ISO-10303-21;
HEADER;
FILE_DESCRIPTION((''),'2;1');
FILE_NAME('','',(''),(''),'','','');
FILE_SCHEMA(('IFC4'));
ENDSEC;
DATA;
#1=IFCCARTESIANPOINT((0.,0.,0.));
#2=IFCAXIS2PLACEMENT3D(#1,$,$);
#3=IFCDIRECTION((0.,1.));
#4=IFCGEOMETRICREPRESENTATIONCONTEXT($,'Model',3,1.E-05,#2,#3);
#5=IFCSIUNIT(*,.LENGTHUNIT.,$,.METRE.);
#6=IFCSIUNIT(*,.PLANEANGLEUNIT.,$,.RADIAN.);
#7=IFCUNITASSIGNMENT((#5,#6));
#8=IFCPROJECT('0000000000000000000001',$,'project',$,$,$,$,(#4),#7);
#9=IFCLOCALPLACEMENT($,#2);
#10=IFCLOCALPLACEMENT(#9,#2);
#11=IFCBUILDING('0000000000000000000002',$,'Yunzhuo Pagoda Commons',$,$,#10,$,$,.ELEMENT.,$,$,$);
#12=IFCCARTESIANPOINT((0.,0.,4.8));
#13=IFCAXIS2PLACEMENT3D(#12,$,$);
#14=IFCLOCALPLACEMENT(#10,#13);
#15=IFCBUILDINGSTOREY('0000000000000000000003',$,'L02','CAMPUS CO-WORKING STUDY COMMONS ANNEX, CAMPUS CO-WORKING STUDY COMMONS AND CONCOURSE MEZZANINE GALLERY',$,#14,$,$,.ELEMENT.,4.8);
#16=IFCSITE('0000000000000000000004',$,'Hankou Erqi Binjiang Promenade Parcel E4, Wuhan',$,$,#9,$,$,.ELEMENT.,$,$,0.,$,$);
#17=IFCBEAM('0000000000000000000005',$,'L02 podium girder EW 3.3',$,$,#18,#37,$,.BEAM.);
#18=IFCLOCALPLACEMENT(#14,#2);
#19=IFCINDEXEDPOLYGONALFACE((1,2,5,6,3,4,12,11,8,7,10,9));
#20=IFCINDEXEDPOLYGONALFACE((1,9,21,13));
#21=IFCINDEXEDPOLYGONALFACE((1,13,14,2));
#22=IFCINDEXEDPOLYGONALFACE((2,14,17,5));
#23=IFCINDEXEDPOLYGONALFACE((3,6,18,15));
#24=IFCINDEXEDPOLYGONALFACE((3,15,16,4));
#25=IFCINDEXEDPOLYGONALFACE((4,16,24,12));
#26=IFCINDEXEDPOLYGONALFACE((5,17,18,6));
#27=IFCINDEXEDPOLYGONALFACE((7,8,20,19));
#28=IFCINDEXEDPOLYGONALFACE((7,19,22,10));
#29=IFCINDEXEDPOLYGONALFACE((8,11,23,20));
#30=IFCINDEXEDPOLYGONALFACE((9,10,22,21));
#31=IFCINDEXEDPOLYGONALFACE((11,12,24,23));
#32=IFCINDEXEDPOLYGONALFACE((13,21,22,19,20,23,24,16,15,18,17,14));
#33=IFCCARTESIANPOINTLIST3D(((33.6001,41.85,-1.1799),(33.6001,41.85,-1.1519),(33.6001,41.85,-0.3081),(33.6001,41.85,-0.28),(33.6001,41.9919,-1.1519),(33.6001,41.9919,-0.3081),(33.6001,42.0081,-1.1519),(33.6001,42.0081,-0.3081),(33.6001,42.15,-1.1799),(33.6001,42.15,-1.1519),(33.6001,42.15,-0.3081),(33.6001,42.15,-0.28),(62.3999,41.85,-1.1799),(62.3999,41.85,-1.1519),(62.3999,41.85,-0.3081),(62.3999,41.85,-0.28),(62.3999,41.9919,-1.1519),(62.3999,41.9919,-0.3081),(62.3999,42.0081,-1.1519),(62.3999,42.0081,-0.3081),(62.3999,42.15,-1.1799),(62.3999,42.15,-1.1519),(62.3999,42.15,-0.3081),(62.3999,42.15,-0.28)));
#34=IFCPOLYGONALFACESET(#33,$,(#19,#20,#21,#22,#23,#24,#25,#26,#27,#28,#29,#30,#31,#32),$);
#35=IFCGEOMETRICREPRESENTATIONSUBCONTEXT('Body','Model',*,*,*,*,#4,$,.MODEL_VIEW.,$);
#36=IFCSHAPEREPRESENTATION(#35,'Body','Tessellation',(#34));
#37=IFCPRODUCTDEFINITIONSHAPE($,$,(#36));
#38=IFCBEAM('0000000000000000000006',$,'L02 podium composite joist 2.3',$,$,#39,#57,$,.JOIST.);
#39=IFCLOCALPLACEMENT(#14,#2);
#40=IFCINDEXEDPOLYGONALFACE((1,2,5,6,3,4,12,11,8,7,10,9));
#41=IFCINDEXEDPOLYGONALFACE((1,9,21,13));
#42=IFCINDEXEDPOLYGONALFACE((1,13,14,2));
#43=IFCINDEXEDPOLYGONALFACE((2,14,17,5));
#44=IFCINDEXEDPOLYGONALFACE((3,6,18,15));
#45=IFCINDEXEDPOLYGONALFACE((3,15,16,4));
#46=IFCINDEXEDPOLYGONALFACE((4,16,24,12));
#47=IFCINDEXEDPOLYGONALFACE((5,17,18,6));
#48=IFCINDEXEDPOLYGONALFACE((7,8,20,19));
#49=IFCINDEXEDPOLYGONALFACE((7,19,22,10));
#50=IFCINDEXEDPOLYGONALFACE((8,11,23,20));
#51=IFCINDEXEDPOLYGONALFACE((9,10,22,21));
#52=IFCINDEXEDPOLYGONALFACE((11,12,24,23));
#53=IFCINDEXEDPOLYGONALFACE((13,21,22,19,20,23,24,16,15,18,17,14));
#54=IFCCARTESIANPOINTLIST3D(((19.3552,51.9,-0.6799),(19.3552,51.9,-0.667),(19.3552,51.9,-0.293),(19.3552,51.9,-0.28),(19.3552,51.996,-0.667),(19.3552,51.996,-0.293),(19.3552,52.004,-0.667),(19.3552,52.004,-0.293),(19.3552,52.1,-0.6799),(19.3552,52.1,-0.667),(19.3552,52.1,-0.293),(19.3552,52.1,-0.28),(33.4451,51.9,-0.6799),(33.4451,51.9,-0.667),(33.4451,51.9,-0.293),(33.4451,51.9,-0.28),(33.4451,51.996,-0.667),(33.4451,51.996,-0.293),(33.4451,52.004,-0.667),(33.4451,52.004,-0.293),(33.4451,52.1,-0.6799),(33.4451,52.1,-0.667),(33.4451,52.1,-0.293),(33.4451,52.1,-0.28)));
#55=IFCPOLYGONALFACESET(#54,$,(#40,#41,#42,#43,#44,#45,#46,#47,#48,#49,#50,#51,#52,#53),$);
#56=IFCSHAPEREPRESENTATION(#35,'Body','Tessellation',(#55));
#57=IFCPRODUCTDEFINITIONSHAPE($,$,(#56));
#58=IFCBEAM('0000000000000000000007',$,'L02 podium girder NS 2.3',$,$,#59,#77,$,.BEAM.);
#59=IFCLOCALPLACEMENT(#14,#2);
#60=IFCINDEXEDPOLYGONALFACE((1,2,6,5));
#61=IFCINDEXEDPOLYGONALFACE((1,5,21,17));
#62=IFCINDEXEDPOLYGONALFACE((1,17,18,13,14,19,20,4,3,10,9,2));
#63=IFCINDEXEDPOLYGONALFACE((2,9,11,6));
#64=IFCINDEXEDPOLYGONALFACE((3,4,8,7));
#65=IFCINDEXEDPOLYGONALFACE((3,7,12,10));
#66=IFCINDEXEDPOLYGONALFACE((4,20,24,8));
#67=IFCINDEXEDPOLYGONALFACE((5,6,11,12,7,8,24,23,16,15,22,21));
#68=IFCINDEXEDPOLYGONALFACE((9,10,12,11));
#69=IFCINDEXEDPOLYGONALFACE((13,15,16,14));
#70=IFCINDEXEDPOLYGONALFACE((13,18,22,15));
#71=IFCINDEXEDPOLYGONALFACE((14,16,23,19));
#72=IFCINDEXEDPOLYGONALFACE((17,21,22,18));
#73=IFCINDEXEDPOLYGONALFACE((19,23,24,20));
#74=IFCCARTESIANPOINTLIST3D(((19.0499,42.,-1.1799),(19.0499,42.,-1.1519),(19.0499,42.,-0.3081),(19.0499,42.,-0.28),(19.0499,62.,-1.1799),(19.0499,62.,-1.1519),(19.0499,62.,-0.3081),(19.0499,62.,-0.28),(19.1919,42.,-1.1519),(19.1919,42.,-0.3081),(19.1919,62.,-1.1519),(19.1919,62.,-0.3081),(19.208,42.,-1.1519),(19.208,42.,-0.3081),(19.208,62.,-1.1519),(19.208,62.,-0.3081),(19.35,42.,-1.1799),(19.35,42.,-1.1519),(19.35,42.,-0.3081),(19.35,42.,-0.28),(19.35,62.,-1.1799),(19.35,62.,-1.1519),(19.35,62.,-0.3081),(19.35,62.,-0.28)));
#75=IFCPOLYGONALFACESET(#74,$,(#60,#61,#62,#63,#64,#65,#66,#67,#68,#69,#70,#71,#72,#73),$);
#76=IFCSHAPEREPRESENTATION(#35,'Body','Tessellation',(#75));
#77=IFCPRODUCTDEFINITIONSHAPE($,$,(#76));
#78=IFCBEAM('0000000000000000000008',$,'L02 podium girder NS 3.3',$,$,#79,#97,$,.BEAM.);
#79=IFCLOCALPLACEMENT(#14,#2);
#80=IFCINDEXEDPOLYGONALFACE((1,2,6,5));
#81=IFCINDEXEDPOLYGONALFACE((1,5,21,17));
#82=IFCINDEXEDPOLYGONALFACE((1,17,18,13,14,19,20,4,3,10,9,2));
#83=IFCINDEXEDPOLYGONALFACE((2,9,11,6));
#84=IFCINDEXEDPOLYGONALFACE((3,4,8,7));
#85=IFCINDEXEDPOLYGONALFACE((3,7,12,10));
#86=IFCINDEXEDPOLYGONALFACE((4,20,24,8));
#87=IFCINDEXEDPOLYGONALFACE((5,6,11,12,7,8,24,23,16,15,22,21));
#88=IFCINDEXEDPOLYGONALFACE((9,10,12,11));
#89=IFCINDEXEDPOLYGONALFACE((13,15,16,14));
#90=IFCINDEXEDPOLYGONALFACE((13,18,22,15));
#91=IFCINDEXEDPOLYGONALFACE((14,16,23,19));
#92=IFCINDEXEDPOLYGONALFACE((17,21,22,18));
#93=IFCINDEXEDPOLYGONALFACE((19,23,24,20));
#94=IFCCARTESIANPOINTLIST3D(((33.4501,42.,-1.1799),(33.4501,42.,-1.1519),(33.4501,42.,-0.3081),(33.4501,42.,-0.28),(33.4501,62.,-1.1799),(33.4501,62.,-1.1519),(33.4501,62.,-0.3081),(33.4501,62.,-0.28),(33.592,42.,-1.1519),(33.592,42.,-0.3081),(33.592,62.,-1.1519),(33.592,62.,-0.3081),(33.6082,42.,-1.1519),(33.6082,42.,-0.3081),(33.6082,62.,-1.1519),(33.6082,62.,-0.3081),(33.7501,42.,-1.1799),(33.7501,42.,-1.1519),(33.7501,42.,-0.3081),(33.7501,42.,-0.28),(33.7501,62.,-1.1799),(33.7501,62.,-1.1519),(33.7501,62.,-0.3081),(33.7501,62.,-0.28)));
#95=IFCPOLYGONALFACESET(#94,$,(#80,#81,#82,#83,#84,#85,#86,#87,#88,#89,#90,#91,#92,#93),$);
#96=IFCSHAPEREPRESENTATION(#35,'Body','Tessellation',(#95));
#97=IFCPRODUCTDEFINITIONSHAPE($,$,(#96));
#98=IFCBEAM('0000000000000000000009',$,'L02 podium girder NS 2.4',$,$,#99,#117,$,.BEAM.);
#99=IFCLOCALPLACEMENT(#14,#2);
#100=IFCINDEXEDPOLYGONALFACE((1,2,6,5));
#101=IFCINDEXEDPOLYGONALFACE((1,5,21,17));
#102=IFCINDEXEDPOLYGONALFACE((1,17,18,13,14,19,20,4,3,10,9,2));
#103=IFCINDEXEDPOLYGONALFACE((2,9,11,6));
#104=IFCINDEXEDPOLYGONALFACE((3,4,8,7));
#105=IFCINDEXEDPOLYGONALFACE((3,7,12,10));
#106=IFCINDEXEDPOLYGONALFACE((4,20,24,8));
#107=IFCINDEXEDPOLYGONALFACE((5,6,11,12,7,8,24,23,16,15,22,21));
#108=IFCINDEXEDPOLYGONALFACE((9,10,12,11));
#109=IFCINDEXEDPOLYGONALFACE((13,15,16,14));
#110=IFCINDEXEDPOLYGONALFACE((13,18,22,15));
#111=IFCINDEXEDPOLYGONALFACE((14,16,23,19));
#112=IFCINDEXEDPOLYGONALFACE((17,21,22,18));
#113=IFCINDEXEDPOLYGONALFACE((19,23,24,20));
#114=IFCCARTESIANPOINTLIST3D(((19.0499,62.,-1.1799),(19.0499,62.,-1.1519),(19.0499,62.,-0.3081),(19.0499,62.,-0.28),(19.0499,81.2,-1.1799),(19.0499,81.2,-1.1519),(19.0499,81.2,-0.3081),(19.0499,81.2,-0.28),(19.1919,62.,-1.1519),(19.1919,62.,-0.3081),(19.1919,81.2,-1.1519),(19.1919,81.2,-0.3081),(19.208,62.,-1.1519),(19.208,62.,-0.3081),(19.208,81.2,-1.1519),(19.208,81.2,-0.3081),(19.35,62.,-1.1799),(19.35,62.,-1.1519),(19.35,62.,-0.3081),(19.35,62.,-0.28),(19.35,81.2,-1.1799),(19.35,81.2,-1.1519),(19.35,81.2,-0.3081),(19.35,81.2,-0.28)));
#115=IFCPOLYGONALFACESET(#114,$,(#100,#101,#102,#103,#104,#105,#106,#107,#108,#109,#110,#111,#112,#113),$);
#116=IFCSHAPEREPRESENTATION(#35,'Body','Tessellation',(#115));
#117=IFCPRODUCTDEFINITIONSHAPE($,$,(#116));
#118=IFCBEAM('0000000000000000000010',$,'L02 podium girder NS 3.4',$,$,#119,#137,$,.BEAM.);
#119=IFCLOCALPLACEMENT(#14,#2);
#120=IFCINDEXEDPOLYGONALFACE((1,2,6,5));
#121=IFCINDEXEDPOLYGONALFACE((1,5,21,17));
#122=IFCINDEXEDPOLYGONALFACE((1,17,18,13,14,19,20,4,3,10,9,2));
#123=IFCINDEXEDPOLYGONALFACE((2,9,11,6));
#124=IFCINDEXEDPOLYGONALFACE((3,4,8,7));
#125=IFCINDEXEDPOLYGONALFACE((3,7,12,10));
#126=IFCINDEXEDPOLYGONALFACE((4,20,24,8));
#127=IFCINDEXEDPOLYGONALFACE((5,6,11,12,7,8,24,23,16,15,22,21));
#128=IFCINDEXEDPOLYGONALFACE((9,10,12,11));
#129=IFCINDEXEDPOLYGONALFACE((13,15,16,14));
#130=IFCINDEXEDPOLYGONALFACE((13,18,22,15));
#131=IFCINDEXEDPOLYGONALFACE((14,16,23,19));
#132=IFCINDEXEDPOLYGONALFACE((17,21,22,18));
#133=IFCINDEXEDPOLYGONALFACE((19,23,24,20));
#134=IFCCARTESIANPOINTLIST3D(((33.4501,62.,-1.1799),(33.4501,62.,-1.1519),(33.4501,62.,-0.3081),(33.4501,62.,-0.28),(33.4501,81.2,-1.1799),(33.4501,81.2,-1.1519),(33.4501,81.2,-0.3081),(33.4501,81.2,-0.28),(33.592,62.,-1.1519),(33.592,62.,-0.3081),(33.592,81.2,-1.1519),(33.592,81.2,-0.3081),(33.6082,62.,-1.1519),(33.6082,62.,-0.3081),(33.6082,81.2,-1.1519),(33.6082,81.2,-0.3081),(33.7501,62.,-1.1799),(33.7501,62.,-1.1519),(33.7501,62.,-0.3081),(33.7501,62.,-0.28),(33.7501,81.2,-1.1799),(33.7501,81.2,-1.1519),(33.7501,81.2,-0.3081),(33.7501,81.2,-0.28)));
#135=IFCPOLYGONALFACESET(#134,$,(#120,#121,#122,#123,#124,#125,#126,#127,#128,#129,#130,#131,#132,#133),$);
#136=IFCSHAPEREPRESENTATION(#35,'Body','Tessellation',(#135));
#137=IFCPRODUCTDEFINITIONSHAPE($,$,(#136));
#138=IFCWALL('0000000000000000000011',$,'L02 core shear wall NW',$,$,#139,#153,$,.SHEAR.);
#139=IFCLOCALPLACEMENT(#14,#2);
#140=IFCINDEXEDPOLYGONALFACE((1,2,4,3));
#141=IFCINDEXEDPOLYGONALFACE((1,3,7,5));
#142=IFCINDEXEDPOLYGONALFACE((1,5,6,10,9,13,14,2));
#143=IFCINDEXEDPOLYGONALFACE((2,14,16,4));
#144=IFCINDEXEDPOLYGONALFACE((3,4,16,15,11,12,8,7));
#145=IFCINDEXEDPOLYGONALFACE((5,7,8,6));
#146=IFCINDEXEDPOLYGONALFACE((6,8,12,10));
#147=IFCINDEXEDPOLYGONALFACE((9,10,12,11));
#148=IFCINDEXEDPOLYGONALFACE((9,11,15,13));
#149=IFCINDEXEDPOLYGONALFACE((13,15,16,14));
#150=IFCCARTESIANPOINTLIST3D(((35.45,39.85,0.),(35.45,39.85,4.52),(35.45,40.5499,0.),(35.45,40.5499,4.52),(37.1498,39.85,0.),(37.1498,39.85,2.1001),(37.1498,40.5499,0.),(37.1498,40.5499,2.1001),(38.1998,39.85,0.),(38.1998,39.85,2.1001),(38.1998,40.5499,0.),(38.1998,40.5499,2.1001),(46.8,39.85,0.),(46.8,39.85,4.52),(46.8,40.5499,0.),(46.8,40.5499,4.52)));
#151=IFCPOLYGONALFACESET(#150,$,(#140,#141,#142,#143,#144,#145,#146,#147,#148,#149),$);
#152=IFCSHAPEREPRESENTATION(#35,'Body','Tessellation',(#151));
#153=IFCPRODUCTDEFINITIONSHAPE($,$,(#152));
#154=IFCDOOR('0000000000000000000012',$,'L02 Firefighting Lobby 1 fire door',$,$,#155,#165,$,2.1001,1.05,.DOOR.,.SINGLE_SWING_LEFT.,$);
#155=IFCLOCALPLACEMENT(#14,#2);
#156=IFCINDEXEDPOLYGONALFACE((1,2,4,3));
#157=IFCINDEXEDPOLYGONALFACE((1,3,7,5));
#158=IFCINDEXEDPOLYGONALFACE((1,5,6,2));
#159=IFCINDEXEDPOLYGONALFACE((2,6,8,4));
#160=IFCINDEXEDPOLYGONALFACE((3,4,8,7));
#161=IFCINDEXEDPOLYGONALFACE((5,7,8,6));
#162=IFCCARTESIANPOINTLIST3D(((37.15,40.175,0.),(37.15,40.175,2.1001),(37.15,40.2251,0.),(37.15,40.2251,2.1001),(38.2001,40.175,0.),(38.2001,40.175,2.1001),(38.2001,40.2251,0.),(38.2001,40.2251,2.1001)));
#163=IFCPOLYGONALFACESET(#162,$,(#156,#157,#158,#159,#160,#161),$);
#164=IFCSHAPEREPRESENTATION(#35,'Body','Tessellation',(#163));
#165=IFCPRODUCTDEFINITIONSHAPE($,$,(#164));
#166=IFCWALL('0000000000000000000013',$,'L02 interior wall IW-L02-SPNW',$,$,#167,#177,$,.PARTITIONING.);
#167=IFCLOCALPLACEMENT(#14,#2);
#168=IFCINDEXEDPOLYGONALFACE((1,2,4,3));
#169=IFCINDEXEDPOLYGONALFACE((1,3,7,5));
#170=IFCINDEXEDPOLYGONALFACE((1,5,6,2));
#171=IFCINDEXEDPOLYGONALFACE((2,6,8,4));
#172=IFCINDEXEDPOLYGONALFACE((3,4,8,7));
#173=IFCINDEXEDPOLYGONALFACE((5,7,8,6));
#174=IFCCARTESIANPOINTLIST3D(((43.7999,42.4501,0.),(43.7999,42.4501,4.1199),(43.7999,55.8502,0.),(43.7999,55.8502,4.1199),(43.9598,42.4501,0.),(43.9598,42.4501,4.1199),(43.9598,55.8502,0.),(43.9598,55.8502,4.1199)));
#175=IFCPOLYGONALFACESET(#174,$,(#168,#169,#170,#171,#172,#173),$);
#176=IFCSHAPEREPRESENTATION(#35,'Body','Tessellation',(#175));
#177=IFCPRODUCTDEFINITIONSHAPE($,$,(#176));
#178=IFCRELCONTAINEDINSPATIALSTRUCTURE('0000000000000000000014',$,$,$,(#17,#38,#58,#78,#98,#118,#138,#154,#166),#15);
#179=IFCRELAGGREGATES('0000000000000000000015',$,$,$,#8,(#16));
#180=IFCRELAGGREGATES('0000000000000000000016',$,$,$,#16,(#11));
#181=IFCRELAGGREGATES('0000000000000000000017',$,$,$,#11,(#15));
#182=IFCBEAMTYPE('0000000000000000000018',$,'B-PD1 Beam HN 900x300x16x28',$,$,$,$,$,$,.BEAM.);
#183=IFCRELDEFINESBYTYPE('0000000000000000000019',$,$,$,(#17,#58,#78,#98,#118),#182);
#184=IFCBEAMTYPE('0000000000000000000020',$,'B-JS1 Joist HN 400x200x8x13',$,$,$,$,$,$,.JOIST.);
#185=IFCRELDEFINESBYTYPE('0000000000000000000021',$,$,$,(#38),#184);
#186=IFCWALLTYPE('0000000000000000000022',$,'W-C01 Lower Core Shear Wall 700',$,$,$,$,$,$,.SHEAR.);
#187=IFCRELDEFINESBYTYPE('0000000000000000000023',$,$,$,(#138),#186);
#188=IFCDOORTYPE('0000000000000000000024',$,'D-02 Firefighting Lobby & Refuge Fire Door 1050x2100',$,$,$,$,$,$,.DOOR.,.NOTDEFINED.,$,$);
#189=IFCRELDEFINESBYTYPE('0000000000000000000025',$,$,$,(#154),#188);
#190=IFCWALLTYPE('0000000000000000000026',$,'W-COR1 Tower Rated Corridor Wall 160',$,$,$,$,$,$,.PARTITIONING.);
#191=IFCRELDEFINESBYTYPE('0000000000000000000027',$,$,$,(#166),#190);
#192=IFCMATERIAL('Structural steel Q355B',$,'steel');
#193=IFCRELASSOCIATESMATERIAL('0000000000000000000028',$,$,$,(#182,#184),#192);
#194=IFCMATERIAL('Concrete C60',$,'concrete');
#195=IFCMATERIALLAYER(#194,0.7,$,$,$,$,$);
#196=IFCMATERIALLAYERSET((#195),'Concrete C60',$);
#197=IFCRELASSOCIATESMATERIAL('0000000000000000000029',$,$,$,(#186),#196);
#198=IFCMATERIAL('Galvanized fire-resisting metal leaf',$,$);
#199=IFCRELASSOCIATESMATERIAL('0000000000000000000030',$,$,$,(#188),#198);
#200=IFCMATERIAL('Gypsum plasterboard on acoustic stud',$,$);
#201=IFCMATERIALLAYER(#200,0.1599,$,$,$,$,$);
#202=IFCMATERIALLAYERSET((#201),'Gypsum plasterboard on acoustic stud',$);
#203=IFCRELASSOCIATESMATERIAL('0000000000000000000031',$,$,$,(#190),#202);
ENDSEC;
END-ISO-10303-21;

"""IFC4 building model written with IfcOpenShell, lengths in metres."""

from ifc_helpers import new_model, si_unit, direction, frame, frame_2d, origin, origin_2d, place, context, subcontext, project, spatial, rectangle, i_section, extrude, source, transform, mapped, material, layer, layer_set, material_profile, profile_set, type_object, element, fill, save


model = new_model("IFC4")

# Units and contexts
model_context = context("Model", 3, precision=1e-05, world=origin(), true_north=direction((0.0, 1.0)))
body_context = subcontext(model_context, "Body", "Model", "MODEL_VIEW")
ifc_project = project(units=[si_unit("LENGTHUNIT", "METRE"), si_unit("PLANEANGLEUNIT", "RADIAN")], contexts=[model_context])

# Site, building, storey
site_placement = place(None, origin())
site = spatial("IfcSite", under=ifc_project, at=site_placement, Name="Hankou Erqi Binjiang Promenade Parcel E4, Wuhan", CompositionType="ELEMENT", RefElevation=0.0)
building_placement = place(site_placement, origin())
building = spatial("IfcBuilding", under=site, at=building_placement, Name="Yunzhuo Pagoda Commons", CompositionType="ELEMENT")
storey_placement = place(building_placement, frame((0.0, 0.0, 4.8)))
storey = spatial("IfcBuildingStorey", under=building, at=storey_placement, Name="L02", Description="CAMPUS CO-WORKING STUDY COMMONS ANNEX, CAMPUS CO-WORKING STUDY COMMONS AND CONCOURSE MEZZANINE GALLERY", CompositionType="ELEMENT", Elevation=4.8)

# Beams
ifc_material_1 = material(Name="Structural steel Q355B", Category="steel")
ifc_material_profile_1 = material_profile(ifc_material_1, i_section(OverallWidth=0.3, OverallDepth=0.8999, WebThickness=0.0161, FlangeThickness=0.0281, at=origin_2d()), Name="Structural steel Q355B")
ifc_profile_set_1 = profile_set([ifc_material_profile_1], Name="Structural steel Q355B")
beam_type_1 = type_object("IfcBeamType", Name="B-PD1 Beam HN 900x300x16x28", PredefinedType="BEAM", material=ifc_profile_set_1)
shared_shape_1 = source(origin(), body_context, "Body", "SweptSolid", [
    extrude(i_section(OverallWidth=0.3, OverallDepth=0.8999, WebThickness=0.0161, FlangeThickness=0.0281, at=origin_2d()), origin(), (0.0, 0.0, 1.0), 28.7998),
])
beam_1_placement = place(storey_placement, frame((33.6001, 42.0, -0.73), z_axis=(1.0, 0.0, 0.0), x_axis=(0.0, 1.0, 0.0)))
element("IfcBeam", 1, at=beam_1_placement, inside=storey, type_object=beam_type_1, Name="L02 podium girder EW 3.3", PredefinedType="BEAM", context=body_context, shape_type="MappedRepresentation", body=[
    mapped(shared_shape_1, transform((0.0, 0.0, 0.0), scale=1.0)),
])
ifc_material_profile_2 = material_profile(ifc_material_1, i_section(OverallWidth=0.2, OverallDepth=0.3999, WebThickness=0.0081, FlangeThickness=0.0129, at=origin_2d()), Name="Structural steel Q355B")
ifc_profile_set_2 = profile_set([ifc_material_profile_2], Name="Structural steel Q355B")
beam_type_2 = type_object("IfcBeamType", Name="B-JS1 Joist HN 400x200x8x13", PredefinedType="JOIST", material=ifc_profile_set_2)
shared_shape_2 = source(origin(), body_context, "Body", "SweptSolid", [
    extrude(i_section(OverallWidth=0.2, OverallDepth=0.3999, WebThickness=0.0081, FlangeThickness=0.0129, at=origin_2d()), origin(), (0.0, 0.0, 1.0), 14.0898),
])
beam_2_placement = place(storey_placement, frame((19.3552, 52.0, -0.48), z_axis=(1.0, 0.0, 0.0), x_axis=(0.0, 1.0, 0.0)))
element("IfcBeam", 2, at=beam_2_placement, inside=storey, type_object=beam_type_2, Name="L02 podium composite joist 2.3", PredefinedType="JOIST", context=body_context, shape_type="MappedRepresentation", body=[
    mapped(shared_shape_2, transform((0.0, 0.0, 0.0), scale=1.0)),
])
shared_shape_3 = source(origin(), body_context, "Body", "SweptSolid", [
    extrude(i_section(OverallWidth=0.3, OverallDepth=0.8999, WebThickness=0.0161, FlangeThickness=0.0281, at=origin_2d()), origin(), (0.0, 0.0, 1.0), 20.0),
])
for number, where, z_axis, x_axis, name in (
    (3, (19.2, 42.0, -0.73), (0.0, 1.0, 0.0), (-1.0, 0.0, 0.0), "L02 podium girder NS 2.3"),
    (4, (33.6001, 42.0, -0.73), (0.0, 1.0, 0.0), (-1.0, 0.0, 0.0), "L02 podium girder NS 3.3"),
):
    element("IfcBeam", number, at=place(storey_placement, frame(where, z_axis=z_axis, x_axis=x_axis)), inside=storey, type_object=beam_type_1, Name=name, PredefinedType="BEAM", context=body_context, shape_type="MappedRepresentation", body=[
        mapped(shared_shape_3, transform((0.0, 0.0, 0.0), scale=1.0)),
    ])
shared_shape_4 = source(origin(), body_context, "Body", "SweptSolid", [
    extrude(i_section(OverallWidth=0.3, OverallDepth=0.8999, WebThickness=0.0161, FlangeThickness=0.0281, at=origin_2d()), origin(), (0.0, 0.0, 1.0), 19.2),
])
for number, where, z_axis, x_axis, name in (
    (5, (19.2, 62.0, -0.73), (0.0, 1.0, 0.0), (-1.0, 0.0, 0.0), "L02 podium girder NS 2.4"),
    (6, (33.6001, 62.0, -0.73), (0.0, 1.0, 0.0), (-1.0, 0.0, 0.0), "L02 podium girder NS 3.4"),
):
    element("IfcBeam", number, at=place(storey_placement, frame(where, z_axis=z_axis, x_axis=x_axis)), inside=storey, type_object=beam_type_1, Name=name, PredefinedType="BEAM", context=body_context, shape_type="MappedRepresentation", body=[
        mapped(shared_shape_4, transform((0.0, 0.0, 0.0), scale=1.0)),
    ])

# Wall, opening, door
ifc_material_2 = material(Name="Concrete C60", Category="concrete")
ifc_layer_1 = layer(ifc_material_2, 0.7)
ifc_layer_set_1 = layer_set([ifc_layer_1], Name="Concrete C60")
wall_type_1 = type_object("IfcWallType", Name="W-C01 Lower Core Shear Wall 700", PredefinedType="SHEAR", material=ifc_layer_set_1)
wall_1_placement = place(storey_placement, frame((35.45, 40.2, 0.0), z_axis=(0.0, 0.0, 1.0), x_axis=(1.0, 0.0, 0.0)))
wall_1 = element("IfcWall", 7, at=wall_1_placement, inside=storey, type_object=wall_type_1, Name="L02 core shear wall NW", PredefinedType="SHEAR", context=body_context, shape_type="SweptSolid", body=[
    extrude(rectangle(XDim=11.3501, YDim=0.7, at=frame_2d((5.675, 0.0))), origin(), (0.0, 0.0, 1.0), 4.52),
])
opening_1_placement = place(wall_1_placement, frame((1.7, 0.0, 0.0)))
opening_1 = element("IfcOpeningElement", 8, at=opening_1_placement, cuts=wall_1, PredefinedType="OPENING", context=body_context, shape_type="SweptSolid", body=[
    extrude(rectangle(XDim=1.05, YDim=2.1001, at=frame_2d((0.5249, 1.05))), frame((0.0, 0.3599, 0.0), z_axis=(0.0, -1.0, 0.0), x_axis=(1.0, 0.0, 0.0)), (0.0, 0.0, 1.0), 0.72),
])
ifc_material_3 = material(Name="Galvanized fire-resisting metal leaf")
door_type_1 = type_object("IfcDoorType", Name="D-02 Firefighting Lobby & Refuge Fire Door 1050x2100", OperationType="NOTDEFINED", PredefinedType="DOOR", material=ifc_material_3)
shared_shape_5 = source(origin(), body_context, "Body", "SweptSolid", [
    extrude(rectangle(XDim=1.05, YDim=2.1001, at=frame_2d((0.5249, 1.05))), frame((0.0, 0.0249, 0.0), z_axis=(0.0, -1.0, 0.0), x_axis=(1.0, 0.0, 0.0)), (0.0, 0.0, 1.0), 0.05),
])
door_1_placement = place(opening_1_placement, frame((1.05, 0.0, 0.0), z_axis=(0.0, 0.0, 1.0), x_axis=(-1.0, 0.0, 0.0)))
door_1 = element("IfcDoor", 9, at=door_1_placement, inside=storey, type_object=door_type_1, Name="L02 Firefighting Lobby 1 fire door", OperationType="SINGLE_SWING_LEFT", OverallHeight=2.1001, OverallWidth=1.05, PredefinedType="DOOR", context=body_context, shape_type="MappedRepresentation", body=[
    mapped(shared_shape_5, transform((0.0, 0.0, 0.0), scale=1.0)),
])
fill(opening_1, door_1)

# Wall
ifc_material_4 = material(Name="Gypsum plasterboard on acoustic stud")
ifc_layer_2 = layer(ifc_material_4, 0.1599)
ifc_layer_set_2 = layer_set([ifc_layer_2], Name="Gypsum plasterboard on acoustic stud")
wall_type_2 = type_object("IfcWallType", Name="W-COR1 Tower Rated Corridor Wall 160", PredefinedType="PARTITIONING", material=ifc_layer_set_2)
wall_2_placement = place(storey_placement, frame((43.8799, 42.45, 0.0), z_axis=(0.0, 0.0, 1.0), x_axis=(0.0, 1.0, 0.0)))
element("IfcWall", 10, at=wall_2_placement, inside=storey, type_object=wall_type_2, Name="L02 interior wall IW-L02-SPNW", PredefinedType="PARTITIONING", context=body_context, shape_type="SweptSolid", body=[
    extrude(rectangle(XDim=13.4001, YDim=0.1599, at=frame_2d((6.7002, 0.0))), origin(), (0.0, 0.0, 1.0), 4.1199),
])

save(model, "model.ifc")
